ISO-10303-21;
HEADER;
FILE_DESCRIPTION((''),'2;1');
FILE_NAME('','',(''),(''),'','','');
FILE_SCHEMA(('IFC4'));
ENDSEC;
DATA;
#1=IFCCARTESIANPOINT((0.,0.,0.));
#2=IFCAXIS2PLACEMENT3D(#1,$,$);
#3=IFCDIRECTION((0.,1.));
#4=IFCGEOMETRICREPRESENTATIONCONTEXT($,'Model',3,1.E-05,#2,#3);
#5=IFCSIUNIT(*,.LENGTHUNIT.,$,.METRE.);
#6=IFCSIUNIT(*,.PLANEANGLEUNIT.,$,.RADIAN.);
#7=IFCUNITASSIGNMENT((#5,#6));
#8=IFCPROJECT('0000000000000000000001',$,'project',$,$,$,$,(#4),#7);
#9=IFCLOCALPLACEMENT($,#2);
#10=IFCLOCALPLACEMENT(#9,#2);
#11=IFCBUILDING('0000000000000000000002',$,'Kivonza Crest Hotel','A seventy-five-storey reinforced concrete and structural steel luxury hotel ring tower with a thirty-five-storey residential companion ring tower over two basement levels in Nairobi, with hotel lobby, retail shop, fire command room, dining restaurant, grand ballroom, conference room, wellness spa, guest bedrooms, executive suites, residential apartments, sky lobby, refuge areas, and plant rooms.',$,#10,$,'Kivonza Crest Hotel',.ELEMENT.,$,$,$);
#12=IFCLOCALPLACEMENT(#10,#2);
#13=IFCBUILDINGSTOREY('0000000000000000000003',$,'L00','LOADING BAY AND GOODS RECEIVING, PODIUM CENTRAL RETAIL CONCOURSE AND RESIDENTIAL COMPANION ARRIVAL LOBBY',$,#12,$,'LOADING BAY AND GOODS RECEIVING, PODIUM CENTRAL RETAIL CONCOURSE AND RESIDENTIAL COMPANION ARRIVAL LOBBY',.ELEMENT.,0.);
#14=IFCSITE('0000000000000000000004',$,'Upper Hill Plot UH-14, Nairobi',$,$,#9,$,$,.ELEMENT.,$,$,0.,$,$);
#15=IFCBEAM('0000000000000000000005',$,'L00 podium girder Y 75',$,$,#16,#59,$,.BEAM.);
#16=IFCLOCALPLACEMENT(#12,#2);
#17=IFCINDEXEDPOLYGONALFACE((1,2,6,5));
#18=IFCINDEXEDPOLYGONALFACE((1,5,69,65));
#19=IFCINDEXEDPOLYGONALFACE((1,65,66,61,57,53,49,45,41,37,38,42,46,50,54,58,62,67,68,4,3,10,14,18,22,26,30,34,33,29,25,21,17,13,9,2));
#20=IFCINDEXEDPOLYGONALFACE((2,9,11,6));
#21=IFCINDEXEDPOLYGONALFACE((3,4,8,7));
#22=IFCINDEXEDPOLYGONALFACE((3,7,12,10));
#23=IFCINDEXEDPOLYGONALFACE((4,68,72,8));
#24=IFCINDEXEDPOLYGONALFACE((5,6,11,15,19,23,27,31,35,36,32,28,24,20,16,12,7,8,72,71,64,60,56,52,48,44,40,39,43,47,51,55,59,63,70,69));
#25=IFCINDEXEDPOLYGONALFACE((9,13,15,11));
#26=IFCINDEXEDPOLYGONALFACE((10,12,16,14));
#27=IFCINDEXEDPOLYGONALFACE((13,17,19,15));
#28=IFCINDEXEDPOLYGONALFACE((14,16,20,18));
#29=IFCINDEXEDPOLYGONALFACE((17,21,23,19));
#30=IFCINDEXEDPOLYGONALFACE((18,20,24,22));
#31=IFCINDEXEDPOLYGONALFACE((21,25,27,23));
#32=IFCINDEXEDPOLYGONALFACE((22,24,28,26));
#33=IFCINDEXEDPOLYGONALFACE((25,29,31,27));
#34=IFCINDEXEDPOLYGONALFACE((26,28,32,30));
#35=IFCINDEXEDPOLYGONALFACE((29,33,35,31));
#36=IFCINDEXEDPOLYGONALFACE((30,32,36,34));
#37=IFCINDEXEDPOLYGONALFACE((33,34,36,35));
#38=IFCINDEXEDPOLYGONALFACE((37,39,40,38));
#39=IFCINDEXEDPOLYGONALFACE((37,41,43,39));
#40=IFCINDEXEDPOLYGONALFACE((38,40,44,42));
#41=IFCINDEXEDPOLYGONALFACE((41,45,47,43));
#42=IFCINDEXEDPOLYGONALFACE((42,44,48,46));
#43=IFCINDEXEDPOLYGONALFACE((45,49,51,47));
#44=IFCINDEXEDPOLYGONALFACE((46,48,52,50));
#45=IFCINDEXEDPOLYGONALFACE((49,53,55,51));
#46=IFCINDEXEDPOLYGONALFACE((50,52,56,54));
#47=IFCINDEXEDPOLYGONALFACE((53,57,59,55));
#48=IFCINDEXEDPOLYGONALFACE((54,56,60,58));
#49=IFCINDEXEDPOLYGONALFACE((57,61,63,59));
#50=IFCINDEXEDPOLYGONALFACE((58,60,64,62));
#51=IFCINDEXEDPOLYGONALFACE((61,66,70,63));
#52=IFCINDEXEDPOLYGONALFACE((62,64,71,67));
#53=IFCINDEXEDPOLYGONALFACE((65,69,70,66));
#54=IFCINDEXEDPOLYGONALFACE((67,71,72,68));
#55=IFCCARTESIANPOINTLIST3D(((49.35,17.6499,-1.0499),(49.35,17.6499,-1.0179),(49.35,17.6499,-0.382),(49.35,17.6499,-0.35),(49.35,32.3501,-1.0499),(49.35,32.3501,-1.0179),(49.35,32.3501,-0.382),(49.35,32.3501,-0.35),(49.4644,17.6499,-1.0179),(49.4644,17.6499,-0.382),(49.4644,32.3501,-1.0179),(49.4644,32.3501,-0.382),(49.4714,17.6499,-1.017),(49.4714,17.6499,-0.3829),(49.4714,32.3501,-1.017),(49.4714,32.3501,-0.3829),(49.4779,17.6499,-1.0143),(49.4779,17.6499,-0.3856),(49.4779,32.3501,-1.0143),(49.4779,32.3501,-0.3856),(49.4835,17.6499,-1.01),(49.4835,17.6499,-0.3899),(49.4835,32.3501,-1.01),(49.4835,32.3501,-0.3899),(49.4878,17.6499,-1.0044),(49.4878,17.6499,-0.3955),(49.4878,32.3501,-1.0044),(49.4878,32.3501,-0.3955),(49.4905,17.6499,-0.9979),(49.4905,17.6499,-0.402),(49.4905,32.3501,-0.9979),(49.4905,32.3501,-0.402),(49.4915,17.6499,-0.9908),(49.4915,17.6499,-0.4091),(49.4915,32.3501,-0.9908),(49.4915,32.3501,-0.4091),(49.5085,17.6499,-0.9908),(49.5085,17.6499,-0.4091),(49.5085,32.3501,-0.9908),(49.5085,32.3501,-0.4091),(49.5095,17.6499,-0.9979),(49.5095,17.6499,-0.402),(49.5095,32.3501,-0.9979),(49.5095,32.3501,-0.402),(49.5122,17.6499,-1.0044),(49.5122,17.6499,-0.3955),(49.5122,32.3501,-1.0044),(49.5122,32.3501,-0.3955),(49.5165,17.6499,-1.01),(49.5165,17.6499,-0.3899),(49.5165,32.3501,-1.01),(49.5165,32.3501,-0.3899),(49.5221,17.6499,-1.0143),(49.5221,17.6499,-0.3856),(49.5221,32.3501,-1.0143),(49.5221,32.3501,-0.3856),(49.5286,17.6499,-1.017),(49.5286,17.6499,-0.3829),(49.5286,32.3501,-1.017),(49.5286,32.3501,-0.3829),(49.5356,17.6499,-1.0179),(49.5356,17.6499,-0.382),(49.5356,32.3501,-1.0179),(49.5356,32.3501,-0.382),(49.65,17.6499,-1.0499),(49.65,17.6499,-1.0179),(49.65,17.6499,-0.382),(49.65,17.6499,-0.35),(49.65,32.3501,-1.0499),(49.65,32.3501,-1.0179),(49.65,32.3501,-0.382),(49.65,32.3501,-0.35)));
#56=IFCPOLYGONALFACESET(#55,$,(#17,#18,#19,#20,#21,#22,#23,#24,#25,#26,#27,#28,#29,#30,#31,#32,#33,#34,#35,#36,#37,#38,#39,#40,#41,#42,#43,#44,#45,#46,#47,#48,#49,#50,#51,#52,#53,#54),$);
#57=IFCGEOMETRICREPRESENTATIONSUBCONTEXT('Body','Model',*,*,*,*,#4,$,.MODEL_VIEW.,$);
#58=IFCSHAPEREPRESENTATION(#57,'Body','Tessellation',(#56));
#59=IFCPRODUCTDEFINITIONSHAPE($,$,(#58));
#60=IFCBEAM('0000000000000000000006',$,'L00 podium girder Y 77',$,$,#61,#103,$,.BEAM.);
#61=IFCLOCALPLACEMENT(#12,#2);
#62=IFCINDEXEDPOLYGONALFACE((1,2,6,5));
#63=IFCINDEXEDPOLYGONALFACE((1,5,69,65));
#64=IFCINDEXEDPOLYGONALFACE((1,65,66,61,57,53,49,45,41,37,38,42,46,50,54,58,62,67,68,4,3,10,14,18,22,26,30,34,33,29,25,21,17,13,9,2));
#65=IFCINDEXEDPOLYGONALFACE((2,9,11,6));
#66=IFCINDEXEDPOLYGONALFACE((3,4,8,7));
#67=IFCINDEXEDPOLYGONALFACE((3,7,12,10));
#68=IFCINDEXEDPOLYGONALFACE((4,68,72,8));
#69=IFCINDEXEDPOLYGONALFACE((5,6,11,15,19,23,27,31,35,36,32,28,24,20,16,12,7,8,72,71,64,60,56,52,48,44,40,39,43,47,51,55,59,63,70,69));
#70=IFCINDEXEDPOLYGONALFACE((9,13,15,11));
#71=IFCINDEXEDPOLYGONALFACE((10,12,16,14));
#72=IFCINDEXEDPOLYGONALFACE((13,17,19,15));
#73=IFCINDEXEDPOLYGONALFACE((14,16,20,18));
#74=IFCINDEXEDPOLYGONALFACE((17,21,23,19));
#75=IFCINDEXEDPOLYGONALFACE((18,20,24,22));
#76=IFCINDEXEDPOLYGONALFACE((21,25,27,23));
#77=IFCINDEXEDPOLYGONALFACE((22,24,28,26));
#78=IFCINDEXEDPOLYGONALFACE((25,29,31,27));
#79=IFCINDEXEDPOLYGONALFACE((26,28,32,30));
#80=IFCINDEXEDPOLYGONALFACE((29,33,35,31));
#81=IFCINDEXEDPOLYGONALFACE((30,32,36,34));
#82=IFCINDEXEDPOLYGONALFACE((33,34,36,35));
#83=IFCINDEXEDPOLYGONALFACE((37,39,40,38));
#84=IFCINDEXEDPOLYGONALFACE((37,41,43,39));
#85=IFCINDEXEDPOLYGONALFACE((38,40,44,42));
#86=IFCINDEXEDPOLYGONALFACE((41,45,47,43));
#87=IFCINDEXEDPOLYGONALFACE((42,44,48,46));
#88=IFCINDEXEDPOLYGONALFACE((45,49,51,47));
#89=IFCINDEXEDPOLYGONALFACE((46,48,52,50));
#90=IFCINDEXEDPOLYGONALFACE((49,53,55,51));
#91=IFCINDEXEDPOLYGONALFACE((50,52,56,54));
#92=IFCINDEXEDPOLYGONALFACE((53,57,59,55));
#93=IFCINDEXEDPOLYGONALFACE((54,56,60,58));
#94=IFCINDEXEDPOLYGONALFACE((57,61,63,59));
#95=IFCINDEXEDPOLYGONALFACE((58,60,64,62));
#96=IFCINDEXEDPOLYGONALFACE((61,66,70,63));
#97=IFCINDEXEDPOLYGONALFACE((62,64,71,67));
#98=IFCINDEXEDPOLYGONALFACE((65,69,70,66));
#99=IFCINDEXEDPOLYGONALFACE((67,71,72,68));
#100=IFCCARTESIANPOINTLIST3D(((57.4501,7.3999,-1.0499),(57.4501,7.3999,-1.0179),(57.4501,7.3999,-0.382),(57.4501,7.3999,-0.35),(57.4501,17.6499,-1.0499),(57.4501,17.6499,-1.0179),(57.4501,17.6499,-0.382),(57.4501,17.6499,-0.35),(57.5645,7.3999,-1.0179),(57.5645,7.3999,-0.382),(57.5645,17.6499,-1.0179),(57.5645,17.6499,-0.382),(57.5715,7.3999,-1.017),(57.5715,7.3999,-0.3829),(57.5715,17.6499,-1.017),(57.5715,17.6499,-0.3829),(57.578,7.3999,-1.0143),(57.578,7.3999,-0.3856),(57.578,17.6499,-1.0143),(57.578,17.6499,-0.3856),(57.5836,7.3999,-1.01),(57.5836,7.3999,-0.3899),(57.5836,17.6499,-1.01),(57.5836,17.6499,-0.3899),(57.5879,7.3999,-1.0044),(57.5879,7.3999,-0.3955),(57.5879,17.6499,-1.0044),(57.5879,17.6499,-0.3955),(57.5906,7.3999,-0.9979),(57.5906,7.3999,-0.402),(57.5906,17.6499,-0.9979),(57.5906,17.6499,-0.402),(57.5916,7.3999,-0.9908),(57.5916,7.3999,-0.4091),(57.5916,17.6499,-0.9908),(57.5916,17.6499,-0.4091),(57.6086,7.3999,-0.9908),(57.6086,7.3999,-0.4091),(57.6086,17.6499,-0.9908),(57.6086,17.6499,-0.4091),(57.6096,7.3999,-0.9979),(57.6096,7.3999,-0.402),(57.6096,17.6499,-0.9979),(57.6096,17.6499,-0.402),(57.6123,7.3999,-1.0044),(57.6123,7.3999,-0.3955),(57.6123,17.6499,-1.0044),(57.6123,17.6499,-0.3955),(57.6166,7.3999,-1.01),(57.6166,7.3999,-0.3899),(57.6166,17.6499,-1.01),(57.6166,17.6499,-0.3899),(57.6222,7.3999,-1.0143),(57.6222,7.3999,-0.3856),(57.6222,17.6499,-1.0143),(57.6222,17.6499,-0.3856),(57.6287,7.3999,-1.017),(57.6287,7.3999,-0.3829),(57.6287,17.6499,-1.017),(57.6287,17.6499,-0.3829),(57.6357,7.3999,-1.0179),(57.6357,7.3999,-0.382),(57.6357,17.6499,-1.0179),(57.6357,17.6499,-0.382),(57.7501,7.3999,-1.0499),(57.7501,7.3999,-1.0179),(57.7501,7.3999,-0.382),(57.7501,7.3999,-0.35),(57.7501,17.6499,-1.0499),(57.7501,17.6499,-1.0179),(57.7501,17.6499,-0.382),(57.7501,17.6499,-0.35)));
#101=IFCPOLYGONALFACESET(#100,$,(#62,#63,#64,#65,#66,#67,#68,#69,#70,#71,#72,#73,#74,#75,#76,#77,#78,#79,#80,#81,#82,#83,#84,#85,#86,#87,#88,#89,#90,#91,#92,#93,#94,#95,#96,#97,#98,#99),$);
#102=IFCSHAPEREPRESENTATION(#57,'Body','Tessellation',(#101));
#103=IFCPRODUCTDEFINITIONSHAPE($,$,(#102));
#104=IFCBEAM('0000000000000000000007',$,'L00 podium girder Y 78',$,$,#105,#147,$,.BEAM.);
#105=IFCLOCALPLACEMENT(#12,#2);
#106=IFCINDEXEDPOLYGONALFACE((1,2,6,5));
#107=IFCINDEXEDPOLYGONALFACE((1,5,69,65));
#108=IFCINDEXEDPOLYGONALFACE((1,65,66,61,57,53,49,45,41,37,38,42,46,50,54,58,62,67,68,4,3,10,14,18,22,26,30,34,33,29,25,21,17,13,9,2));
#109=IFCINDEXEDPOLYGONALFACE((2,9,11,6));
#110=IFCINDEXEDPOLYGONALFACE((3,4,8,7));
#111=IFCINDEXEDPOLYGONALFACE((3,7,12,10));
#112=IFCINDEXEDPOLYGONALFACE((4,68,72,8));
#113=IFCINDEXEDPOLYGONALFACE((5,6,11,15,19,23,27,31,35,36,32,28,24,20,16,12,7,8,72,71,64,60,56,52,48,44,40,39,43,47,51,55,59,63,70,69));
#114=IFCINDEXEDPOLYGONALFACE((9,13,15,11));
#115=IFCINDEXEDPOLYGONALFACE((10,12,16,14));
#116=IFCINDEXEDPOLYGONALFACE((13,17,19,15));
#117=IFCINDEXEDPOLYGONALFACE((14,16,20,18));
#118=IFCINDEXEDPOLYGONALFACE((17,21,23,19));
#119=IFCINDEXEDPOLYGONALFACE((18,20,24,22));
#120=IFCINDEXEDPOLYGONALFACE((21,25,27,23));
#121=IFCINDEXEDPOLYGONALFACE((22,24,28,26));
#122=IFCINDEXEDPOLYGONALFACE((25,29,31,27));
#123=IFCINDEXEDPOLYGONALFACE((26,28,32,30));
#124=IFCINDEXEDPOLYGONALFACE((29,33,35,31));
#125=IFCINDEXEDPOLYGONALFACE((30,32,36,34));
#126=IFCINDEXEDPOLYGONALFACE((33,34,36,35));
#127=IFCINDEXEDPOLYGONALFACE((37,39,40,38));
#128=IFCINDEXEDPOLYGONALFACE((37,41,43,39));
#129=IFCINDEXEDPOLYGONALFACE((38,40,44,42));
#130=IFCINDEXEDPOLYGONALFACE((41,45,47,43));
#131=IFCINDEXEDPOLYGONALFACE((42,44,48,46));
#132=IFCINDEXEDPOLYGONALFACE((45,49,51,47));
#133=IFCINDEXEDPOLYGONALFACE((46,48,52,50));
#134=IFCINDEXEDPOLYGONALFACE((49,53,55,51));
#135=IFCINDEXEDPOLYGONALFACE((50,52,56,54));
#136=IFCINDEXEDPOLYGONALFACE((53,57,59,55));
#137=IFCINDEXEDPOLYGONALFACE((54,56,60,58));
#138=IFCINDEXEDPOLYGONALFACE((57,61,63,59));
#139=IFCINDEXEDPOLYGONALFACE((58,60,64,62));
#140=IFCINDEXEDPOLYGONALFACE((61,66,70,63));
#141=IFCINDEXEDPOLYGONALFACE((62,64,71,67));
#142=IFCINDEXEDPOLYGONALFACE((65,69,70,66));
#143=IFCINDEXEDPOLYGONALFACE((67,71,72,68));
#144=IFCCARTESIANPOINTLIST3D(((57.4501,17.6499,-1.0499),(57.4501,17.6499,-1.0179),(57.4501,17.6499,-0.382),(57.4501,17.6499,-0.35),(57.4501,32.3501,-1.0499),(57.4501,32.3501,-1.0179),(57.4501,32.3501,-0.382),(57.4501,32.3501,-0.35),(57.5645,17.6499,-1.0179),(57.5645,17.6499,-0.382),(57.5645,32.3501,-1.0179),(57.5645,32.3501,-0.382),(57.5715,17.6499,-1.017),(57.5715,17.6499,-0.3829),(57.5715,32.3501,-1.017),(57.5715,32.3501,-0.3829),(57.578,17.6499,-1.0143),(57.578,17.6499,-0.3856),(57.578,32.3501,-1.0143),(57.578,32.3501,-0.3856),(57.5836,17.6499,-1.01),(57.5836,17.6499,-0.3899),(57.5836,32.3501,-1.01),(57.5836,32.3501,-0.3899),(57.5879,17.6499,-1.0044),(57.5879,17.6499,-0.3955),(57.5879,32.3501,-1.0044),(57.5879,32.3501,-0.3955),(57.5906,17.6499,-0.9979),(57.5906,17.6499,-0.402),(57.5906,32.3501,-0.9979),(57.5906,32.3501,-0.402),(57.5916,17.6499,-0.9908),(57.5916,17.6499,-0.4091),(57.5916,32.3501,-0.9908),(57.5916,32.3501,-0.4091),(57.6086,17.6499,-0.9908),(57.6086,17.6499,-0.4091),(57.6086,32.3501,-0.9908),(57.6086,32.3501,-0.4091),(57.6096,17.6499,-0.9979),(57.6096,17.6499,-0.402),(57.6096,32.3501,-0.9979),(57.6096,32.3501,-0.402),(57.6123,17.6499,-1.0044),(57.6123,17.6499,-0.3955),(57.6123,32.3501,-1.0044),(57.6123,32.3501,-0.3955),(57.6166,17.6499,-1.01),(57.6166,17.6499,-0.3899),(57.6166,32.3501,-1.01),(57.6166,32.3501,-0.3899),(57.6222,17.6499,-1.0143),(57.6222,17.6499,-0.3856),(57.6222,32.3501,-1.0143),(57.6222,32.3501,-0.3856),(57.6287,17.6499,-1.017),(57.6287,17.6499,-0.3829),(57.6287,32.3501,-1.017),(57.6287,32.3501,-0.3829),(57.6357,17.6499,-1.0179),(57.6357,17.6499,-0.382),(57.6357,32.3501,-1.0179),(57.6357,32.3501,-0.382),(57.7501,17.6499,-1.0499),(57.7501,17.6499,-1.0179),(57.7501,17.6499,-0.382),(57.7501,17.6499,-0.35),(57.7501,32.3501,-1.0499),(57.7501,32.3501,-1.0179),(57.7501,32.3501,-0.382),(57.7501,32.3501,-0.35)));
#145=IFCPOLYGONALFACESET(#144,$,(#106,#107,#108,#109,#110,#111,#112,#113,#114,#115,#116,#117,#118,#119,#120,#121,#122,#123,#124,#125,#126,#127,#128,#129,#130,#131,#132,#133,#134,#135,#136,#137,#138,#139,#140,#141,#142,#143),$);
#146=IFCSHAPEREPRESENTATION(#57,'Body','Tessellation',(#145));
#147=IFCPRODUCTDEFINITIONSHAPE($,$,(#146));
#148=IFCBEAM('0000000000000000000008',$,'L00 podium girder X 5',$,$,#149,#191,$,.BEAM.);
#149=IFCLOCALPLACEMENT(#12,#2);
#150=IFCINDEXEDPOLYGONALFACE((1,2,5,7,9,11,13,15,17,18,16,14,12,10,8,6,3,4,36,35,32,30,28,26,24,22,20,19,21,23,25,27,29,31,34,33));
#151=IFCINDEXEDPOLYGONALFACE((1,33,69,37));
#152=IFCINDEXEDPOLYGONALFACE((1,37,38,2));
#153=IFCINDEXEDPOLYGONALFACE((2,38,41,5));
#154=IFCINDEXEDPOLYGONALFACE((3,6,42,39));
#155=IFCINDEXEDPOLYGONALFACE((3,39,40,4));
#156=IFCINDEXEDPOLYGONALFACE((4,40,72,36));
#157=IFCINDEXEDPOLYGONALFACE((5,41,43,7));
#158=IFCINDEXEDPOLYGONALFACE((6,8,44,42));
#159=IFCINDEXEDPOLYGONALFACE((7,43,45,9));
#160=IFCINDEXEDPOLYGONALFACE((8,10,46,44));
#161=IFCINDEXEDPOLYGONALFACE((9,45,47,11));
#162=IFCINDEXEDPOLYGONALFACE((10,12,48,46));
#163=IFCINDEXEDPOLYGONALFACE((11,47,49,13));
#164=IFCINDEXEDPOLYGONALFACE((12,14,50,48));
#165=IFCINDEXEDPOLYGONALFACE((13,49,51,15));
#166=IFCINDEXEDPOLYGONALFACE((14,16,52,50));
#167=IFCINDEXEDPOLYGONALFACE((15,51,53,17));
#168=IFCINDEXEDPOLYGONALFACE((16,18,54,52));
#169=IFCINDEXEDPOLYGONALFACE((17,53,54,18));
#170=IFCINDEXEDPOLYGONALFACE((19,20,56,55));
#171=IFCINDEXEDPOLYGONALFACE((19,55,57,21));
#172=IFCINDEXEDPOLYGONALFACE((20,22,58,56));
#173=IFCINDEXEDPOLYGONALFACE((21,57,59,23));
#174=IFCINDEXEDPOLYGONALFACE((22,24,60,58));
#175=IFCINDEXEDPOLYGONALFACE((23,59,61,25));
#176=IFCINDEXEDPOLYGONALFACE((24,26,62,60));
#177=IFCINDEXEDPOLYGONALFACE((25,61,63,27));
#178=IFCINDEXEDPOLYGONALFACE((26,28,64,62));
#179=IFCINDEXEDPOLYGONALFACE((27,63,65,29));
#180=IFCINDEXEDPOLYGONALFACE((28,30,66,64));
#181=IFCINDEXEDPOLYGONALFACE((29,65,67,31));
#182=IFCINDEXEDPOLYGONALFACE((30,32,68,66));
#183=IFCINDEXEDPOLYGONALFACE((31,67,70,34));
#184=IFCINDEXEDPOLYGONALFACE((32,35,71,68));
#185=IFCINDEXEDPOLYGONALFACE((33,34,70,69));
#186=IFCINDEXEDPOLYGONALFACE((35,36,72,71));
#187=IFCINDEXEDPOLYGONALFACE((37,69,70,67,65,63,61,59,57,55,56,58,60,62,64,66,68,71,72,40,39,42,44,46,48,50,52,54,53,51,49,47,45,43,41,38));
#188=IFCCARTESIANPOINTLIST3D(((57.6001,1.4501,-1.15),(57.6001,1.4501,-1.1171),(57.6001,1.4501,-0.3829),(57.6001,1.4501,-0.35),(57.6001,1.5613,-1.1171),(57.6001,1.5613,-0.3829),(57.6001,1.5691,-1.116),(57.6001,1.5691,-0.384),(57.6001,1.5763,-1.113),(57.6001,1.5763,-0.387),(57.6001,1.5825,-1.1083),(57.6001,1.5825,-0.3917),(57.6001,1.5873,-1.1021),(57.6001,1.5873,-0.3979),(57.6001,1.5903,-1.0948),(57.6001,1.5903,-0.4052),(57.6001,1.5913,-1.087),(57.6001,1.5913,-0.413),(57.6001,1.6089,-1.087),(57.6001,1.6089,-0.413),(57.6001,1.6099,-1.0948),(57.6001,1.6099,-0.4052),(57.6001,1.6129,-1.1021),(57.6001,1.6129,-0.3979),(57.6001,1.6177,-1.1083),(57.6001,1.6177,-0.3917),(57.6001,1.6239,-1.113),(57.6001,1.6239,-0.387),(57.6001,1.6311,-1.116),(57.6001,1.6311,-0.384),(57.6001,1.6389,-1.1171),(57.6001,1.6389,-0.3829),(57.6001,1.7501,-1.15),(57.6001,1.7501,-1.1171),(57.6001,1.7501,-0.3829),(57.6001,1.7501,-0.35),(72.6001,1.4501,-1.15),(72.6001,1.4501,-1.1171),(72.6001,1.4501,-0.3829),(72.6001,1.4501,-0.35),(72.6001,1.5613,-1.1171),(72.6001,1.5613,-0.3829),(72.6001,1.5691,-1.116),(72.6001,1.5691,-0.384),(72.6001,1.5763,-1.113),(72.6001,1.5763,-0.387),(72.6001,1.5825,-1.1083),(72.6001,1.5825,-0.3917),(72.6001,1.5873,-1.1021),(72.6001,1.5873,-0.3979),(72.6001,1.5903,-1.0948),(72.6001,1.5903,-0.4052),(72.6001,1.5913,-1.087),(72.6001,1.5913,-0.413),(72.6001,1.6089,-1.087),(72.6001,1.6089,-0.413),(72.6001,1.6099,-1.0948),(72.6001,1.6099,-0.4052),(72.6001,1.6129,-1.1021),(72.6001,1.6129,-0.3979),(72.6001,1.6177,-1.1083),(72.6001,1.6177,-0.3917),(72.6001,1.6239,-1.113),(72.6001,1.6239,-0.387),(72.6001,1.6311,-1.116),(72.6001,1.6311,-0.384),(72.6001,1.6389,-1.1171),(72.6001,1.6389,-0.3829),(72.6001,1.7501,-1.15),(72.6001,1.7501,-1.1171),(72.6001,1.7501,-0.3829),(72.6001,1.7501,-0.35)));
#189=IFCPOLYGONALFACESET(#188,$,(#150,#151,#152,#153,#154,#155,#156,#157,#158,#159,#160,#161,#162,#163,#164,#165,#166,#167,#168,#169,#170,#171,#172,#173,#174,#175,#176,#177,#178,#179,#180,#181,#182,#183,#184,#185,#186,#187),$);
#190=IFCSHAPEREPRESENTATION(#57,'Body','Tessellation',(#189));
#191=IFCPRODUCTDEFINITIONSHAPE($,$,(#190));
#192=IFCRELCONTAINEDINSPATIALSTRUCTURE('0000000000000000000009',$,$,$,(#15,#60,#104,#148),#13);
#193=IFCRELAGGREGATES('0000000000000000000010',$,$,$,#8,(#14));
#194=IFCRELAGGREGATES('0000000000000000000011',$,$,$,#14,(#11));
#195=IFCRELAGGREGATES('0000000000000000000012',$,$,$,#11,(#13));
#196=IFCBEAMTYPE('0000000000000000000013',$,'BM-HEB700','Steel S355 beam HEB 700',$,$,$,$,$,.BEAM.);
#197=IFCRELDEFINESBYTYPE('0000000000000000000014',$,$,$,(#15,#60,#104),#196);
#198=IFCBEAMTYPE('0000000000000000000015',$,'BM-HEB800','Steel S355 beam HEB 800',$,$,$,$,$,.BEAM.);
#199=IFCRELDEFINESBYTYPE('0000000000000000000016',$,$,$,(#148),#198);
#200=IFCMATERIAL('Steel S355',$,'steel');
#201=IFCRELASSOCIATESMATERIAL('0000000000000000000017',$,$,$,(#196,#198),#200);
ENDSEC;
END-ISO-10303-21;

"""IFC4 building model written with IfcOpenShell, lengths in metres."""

from ifc_helpers import new_model, si_unit, direction, frame, origin, origin_2d, place, context, subcontext, project, spatial, i_section, extrude, material, material_profile, profile_set, type_object, element, save


model = new_model("IFC4")

# Units and contexts
model_context = context("Model", 3, precision=1e-05, world=origin(), true_north=direction((0.0, 1.0)))
body_context = subcontext(model_context, "Body", "Model", "MODEL_VIEW")
ifc_project = project(units=[si_unit("LENGTHUNIT", "METRE"), si_unit("PLANEANGLEUNIT", "RADIAN")], contexts=[model_context])

# Site, building, storey
site_placement = place(None, origin())
site = spatial("IfcSite", under=ifc_project, at=site_placement, Name="Upper Hill Plot UH-14, Nairobi", CompositionType="ELEMENT", RefElevation=0.0)
building_placement = place(site_placement, origin())
building = spatial("IfcBuilding", under=site, at=building_placement, Name="Kivonza Crest Hotel", Description="A seventy-five-storey reinforced concrete and structural steel luxury hotel ring tower with a thirty-five-storey residential companion ring tower over two basement levels in Nairobi, with hotel lobby, retail shop, fire command room, dining restaurant, grand ballroom, conference room, wellness spa, guest bedrooms, executive suites, residential apartments, sky lobby, refuge areas, and plant rooms.", LongName="Kivonza Crest Hotel", CompositionType="ELEMENT")
storey_placement = place(building_placement, origin())
storey = spatial("IfcBuildingStorey", under=building, at=storey_placement, Name="L00", Description="LOADING BAY AND GOODS RECEIVING, PODIUM CENTRAL RETAIL CONCOURSE AND RESIDENTIAL COMPANION ARRIVAL LOBBY", LongName="LOADING BAY AND GOODS RECEIVING, PODIUM CENTRAL RETAIL CONCOURSE AND RESIDENTIAL COMPANION ARRIVAL LOBBY", CompositionType="ELEMENT", Elevation=0.0)

# Beams
ifc_material_1 = material(Name="Steel S355", Category="steel")
ifc_material_profile_1 = material_profile(ifc_material_1, i_section(OverallWidth=0.3, OverallDepth=0.7, WebThickness=0.0171, FlangeThickness=0.032, FilletRadius=0.0271, at=origin_2d()), Name="HEB 700")
ifc_profile_set_1 = profile_set([ifc_material_profile_1], Name="Steel S355")
beam_type_1 = type_object("IfcBeamType", Name="BM-HEB700", Description="Steel S355 beam HEB 700", PredefinedType="BEAM", material=ifc_profile_set_1)
beam_1_placement = place(storey_placement, frame((49.5, 17.6499, -0.7), z_axis=(0.0, 1.0, 0.0), x_axis=(-1.0, 0.0, 0.0)))
element("IfcBeam", 1, at=beam_1_placement, inside=storey, type_object=beam_type_1, Name="L00 podium girder Y 75", PredefinedType="BEAM", context=body_context, shape_type="SweptSolid", body=[
    extrude(i_section(OverallWidth=0.3, OverallDepth=0.7, WebThickness=0.0171, FlangeThickness=0.032, FilletRadius=0.0271, at=origin_2d()), origin(), (0.0, 0.0, 1.0), 14.7002),
])
beam_2_placement = place(storey_placement, frame((57.6001, 7.3999, -0.7), z_axis=(0.0, 1.0, 0.0), x_axis=(-1.0, 0.0, 0.0)))
element("IfcBeam", 2, at=beam_2_placement, inside=storey, type_object=beam_type_1, Name="L00 podium girder Y 77", PredefinedType="BEAM", context=body_context, shape_type="SweptSolid", body=[
    extrude(i_section(OverallWidth=0.3, OverallDepth=0.7, WebThickness=0.0171, FlangeThickness=0.032, FilletRadius=0.0271, at=origin_2d()), origin(), (0.0, 0.0, 1.0), 10.25),
])
beam_3_placement = place(storey_placement, frame((57.6001, 17.6499, -0.7), z_axis=(0.0, 1.0, 0.0), x_axis=(-1.0, 0.0, 0.0)))
element("IfcBeam", 3, at=beam_3_placement, inside=storey, type_object=beam_type_1, Name="L00 podium girder Y 78", PredefinedType="BEAM", context=body_context, shape_type="SweptSolid", body=[
    extrude(i_section(OverallWidth=0.3, OverallDepth=0.7, WebThickness=0.0171, FlangeThickness=0.032, FilletRadius=0.0271, at=origin_2d()), origin(), (0.0, 0.0, 1.0), 14.7002),
])
ifc_material_profile_2 = material_profile(ifc_material_1, i_section(OverallWidth=0.3, OverallDepth=0.8, WebThickness=0.0176, FlangeThickness=0.033, FilletRadius=0.03, at=origin_2d()), Name="HEB 800")
ifc_profile_set_2 = profile_set([ifc_material_profile_2], Name="Steel S355")
beam_type_2 = type_object("IfcBeamType", Name="BM-HEB800", Description="Steel S355 beam HEB 800", PredefinedType="BEAM", material=ifc_profile_set_2)
beam_4_placement = place(storey_placement, frame((57.6001, 1.6001, -0.75), z_axis=(1.0, 0.0, 0.0), x_axis=(0.0, 1.0, 0.0)))
element("IfcBeam", 4, at=beam_4_placement, inside=storey, type_object=beam_type_2, Name="L00 podium girder X 5", PredefinedType="BEAM", context=body_context, shape_type="SweptSolid", body=[
    extrude(i_section(OverallWidth=0.3, OverallDepth=0.8, WebThickness=0.0176, FlangeThickness=0.033, FilletRadius=0.03, at=origin_2d()), origin(), (0.0, 0.0, 1.0), 15.0),
])

save(model, "model.ifc")
